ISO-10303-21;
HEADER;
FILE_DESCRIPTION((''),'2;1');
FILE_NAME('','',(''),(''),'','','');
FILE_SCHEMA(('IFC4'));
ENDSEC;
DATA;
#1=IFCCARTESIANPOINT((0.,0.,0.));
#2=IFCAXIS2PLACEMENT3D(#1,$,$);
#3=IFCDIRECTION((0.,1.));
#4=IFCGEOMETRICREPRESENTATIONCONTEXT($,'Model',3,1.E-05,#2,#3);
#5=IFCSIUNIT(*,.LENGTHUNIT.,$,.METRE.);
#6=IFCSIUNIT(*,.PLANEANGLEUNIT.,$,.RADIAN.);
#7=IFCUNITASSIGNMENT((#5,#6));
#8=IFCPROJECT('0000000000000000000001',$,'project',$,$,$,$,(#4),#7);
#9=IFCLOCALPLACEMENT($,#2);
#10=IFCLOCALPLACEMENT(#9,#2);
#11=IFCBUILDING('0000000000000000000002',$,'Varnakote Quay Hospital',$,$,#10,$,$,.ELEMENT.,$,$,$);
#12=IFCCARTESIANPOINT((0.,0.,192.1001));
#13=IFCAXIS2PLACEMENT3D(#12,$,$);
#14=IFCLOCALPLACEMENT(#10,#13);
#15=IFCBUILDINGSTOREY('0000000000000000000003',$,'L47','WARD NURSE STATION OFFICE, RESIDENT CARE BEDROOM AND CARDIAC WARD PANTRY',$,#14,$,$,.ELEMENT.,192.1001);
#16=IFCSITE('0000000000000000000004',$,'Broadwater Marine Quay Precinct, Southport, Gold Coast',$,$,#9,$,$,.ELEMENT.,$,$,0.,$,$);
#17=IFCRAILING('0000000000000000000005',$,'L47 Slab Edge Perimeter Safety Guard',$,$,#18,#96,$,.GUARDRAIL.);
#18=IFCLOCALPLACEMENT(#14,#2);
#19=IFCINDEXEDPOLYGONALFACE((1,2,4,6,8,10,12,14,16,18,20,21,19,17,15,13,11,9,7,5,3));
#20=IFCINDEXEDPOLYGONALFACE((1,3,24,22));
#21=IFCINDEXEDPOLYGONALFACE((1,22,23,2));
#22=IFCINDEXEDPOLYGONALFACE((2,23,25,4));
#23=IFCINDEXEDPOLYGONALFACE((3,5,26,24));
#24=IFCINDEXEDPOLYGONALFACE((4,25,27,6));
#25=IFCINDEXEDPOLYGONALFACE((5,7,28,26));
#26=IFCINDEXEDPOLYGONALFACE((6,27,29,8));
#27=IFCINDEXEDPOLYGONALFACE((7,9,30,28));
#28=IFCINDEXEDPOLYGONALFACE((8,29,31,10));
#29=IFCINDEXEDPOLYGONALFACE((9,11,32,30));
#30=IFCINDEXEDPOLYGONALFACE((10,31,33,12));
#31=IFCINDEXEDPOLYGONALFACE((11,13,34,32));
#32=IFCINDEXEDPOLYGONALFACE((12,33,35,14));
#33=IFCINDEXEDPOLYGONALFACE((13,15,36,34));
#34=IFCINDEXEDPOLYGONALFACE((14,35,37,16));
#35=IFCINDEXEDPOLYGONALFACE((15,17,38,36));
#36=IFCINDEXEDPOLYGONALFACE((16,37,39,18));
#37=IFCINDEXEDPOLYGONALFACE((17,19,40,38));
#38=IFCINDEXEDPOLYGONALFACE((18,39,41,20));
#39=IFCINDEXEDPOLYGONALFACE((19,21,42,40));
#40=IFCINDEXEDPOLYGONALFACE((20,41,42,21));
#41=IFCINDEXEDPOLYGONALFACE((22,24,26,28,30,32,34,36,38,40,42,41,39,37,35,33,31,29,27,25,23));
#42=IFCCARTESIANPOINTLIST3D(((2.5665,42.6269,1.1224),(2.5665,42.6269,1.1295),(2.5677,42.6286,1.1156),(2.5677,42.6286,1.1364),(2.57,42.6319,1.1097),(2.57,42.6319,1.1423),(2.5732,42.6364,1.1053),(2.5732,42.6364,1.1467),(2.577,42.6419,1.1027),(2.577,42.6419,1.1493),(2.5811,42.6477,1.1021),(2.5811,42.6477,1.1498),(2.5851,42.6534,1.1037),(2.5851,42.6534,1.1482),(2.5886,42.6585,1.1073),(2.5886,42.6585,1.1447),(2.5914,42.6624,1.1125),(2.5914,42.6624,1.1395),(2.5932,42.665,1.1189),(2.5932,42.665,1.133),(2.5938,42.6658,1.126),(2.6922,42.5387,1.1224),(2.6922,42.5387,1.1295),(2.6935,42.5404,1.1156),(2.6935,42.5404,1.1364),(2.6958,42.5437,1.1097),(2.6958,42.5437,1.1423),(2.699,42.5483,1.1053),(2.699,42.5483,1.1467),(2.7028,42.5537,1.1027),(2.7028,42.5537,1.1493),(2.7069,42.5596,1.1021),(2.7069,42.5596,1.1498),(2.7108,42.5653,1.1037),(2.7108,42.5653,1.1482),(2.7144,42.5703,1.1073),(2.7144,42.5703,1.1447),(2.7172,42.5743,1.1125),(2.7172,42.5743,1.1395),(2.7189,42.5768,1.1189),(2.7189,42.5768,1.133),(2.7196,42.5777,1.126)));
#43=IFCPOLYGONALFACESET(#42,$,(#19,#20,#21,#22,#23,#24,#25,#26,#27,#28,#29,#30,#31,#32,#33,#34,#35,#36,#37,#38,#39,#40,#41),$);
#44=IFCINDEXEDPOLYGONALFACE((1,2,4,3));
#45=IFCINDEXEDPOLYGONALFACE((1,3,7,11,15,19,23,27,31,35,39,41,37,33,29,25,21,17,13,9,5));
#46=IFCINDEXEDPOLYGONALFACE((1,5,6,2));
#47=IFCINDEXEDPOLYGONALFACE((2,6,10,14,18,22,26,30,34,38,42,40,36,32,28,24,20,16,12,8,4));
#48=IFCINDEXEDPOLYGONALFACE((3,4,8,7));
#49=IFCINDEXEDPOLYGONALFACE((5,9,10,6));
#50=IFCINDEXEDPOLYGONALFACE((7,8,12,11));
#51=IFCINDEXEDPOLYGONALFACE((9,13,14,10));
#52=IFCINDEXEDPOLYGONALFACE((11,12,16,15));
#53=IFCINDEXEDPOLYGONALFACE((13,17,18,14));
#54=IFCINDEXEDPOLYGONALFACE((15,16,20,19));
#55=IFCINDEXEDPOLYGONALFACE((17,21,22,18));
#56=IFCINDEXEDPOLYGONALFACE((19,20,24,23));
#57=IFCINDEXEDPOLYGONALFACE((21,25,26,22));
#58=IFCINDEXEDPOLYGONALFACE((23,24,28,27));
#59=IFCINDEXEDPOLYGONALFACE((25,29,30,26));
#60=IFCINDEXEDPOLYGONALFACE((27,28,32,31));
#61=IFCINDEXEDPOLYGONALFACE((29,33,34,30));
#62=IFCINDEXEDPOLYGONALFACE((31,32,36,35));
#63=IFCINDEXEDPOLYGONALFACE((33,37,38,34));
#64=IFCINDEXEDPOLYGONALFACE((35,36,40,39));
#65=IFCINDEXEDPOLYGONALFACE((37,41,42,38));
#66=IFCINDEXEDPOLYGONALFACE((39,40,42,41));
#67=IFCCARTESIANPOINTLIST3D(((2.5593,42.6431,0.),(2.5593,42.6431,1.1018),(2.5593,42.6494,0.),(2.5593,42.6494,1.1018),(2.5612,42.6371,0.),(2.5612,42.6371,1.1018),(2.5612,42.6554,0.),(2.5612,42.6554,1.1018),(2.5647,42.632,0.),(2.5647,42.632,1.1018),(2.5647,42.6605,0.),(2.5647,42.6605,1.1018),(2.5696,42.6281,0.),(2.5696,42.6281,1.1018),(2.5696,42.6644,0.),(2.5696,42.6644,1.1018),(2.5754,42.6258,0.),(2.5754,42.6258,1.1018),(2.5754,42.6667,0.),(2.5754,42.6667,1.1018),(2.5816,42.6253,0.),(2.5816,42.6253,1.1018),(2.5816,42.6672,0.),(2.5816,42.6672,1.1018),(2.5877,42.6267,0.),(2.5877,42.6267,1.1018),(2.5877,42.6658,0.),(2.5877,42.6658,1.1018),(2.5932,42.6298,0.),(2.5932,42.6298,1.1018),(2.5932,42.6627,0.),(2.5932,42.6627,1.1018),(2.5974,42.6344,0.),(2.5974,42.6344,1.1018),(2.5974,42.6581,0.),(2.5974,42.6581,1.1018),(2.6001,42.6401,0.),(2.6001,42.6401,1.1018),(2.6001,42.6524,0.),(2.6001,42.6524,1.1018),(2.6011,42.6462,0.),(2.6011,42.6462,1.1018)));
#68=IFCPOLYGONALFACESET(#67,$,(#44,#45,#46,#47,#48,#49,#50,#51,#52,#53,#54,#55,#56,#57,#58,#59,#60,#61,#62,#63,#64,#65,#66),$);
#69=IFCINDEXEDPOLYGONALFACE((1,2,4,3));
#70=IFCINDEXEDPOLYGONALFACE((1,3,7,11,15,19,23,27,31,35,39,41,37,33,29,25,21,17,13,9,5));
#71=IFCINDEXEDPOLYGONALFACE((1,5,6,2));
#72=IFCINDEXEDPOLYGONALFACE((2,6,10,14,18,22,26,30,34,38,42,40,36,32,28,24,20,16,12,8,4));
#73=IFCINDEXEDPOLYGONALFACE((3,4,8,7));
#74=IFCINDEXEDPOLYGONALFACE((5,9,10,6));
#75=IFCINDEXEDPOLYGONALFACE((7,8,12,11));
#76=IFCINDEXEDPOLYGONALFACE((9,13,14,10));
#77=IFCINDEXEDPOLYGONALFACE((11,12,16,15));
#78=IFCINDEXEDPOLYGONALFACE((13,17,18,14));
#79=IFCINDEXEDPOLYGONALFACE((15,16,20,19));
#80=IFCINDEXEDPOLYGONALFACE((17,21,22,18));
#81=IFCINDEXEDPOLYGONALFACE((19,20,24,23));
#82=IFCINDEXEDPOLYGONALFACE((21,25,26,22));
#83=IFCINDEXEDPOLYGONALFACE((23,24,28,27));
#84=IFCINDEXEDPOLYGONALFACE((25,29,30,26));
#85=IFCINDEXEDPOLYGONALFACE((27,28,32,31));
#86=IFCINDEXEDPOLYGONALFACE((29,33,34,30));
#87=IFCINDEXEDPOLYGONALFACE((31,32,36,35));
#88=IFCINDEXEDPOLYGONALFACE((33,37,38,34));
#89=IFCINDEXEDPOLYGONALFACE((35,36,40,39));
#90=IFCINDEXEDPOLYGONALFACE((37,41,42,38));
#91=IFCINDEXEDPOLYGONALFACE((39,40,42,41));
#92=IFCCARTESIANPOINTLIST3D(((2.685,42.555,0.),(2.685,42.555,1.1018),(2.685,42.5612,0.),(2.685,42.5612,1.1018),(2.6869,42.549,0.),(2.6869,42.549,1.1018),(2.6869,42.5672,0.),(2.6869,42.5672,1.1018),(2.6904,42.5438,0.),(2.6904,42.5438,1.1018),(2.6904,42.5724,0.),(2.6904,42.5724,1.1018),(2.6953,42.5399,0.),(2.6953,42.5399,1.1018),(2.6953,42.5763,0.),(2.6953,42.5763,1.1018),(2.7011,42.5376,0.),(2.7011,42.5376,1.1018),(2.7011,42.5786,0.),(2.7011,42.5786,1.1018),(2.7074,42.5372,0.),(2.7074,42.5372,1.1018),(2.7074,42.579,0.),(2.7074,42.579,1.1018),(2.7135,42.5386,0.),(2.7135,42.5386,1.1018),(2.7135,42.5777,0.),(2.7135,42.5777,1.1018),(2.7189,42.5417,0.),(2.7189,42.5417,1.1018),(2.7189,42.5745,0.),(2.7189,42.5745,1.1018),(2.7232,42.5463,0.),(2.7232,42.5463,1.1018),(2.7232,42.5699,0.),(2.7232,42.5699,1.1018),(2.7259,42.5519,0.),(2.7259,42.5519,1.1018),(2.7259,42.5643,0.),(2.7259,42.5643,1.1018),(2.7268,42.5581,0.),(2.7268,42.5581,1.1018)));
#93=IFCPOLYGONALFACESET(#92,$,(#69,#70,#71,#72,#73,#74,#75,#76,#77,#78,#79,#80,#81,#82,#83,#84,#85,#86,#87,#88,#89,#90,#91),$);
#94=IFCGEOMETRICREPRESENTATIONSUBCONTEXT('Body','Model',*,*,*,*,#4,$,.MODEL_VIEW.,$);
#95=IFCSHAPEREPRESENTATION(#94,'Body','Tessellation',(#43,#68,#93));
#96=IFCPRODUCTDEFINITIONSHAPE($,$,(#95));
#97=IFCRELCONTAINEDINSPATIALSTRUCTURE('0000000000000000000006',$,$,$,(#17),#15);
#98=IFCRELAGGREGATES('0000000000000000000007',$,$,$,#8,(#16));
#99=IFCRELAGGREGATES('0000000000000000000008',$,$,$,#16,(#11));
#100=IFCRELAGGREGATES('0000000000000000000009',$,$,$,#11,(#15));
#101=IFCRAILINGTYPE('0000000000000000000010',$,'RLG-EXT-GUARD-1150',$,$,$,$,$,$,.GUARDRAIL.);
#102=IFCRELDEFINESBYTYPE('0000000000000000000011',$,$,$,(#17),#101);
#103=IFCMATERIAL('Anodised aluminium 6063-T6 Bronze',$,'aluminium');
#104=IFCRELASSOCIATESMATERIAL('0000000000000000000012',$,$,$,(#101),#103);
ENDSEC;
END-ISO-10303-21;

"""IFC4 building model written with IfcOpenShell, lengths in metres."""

from ifc_helpers import new_model, si_unit, direction, frame, origin, origin_2d, place, context, subcontext, project, spatial, circle, extrude, material, type_object, element, save


model = new_model("IFC4")

# Units and contexts
model_context = context("Model", 3, precision=1e-05, world=origin(), true_north=direction((0.0, 1.0)))
body_context = subcontext(model_context, "Body", "Model", "MODEL_VIEW")
ifc_project = project(units=[si_unit("LENGTHUNIT", "METRE"), si_unit("PLANEANGLEUNIT", "RADIAN")], contexts=[model_context])

# Site, building, storey
site_placement = place(None, origin())
site = spatial("IfcSite", under=ifc_project, at=site_placement, Name="Broadwater Marine Quay Precinct, Southport, Gold Coast", CompositionType="ELEMENT", RefElevation=0.0)
building_placement = place(site_placement, origin())
building = spatial("IfcBuilding", under=site, at=building_placement, Name="Varnakote Quay Hospital", CompositionType="ELEMENT")
storey_placement = place(building_placement, frame((0.0, 0.0, 192.1001)))
storey = spatial("IfcBuildingStorey", under=building, at=storey_placement, Name="L47", Description="WARD NURSE STATION OFFICE, RESIDENT CARE BEDROOM AND CARDIAC WARD PANTRY", CompositionType="ELEMENT", Elevation=192.1001)

# Railing
ifc_material_1 = material(Name="Anodised aluminium 6063-T6 Bronze", Category="aluminium")
railing_type = type_object("IfcRailingType", Name="RLG-EXT-GUARD-1150", PredefinedType="GUARDRAIL", material=ifc_material_1)
railing_1_placement = place(storey_placement, frame((2.5801, 42.6462, 0.0)))
element("IfcRailing", 1, at=railing_1_placement, inside=storey, type_object=railing_type, Name="L47 Slab Edge Perimeter Safety Guard", PredefinedType="GUARDRAIL", context=body_context, shape_type="SweptSolid", body=[
    extrude(circle(Radius=0.0239, at=origin_2d()), frame((0.0, 0.0, 1.126), z_axis=(0.818858, -0.573996, 0.0), x_axis=(0.573996, 0.818858, 0.0)), (0.0, 0.0, 1.0), 0.1536),
    extrude(circle(Radius=0.021, at=origin_2d()), origin(), (0.0, 0.0, 1.0), 1.1018),
    extrude(circle(Radius=0.021, at=origin_2d()), frame((0.1257, -0.0881, 0.0)), (0.0, 0.0, 1.0), 1.1018),
])

save(model, "model.ifc")
